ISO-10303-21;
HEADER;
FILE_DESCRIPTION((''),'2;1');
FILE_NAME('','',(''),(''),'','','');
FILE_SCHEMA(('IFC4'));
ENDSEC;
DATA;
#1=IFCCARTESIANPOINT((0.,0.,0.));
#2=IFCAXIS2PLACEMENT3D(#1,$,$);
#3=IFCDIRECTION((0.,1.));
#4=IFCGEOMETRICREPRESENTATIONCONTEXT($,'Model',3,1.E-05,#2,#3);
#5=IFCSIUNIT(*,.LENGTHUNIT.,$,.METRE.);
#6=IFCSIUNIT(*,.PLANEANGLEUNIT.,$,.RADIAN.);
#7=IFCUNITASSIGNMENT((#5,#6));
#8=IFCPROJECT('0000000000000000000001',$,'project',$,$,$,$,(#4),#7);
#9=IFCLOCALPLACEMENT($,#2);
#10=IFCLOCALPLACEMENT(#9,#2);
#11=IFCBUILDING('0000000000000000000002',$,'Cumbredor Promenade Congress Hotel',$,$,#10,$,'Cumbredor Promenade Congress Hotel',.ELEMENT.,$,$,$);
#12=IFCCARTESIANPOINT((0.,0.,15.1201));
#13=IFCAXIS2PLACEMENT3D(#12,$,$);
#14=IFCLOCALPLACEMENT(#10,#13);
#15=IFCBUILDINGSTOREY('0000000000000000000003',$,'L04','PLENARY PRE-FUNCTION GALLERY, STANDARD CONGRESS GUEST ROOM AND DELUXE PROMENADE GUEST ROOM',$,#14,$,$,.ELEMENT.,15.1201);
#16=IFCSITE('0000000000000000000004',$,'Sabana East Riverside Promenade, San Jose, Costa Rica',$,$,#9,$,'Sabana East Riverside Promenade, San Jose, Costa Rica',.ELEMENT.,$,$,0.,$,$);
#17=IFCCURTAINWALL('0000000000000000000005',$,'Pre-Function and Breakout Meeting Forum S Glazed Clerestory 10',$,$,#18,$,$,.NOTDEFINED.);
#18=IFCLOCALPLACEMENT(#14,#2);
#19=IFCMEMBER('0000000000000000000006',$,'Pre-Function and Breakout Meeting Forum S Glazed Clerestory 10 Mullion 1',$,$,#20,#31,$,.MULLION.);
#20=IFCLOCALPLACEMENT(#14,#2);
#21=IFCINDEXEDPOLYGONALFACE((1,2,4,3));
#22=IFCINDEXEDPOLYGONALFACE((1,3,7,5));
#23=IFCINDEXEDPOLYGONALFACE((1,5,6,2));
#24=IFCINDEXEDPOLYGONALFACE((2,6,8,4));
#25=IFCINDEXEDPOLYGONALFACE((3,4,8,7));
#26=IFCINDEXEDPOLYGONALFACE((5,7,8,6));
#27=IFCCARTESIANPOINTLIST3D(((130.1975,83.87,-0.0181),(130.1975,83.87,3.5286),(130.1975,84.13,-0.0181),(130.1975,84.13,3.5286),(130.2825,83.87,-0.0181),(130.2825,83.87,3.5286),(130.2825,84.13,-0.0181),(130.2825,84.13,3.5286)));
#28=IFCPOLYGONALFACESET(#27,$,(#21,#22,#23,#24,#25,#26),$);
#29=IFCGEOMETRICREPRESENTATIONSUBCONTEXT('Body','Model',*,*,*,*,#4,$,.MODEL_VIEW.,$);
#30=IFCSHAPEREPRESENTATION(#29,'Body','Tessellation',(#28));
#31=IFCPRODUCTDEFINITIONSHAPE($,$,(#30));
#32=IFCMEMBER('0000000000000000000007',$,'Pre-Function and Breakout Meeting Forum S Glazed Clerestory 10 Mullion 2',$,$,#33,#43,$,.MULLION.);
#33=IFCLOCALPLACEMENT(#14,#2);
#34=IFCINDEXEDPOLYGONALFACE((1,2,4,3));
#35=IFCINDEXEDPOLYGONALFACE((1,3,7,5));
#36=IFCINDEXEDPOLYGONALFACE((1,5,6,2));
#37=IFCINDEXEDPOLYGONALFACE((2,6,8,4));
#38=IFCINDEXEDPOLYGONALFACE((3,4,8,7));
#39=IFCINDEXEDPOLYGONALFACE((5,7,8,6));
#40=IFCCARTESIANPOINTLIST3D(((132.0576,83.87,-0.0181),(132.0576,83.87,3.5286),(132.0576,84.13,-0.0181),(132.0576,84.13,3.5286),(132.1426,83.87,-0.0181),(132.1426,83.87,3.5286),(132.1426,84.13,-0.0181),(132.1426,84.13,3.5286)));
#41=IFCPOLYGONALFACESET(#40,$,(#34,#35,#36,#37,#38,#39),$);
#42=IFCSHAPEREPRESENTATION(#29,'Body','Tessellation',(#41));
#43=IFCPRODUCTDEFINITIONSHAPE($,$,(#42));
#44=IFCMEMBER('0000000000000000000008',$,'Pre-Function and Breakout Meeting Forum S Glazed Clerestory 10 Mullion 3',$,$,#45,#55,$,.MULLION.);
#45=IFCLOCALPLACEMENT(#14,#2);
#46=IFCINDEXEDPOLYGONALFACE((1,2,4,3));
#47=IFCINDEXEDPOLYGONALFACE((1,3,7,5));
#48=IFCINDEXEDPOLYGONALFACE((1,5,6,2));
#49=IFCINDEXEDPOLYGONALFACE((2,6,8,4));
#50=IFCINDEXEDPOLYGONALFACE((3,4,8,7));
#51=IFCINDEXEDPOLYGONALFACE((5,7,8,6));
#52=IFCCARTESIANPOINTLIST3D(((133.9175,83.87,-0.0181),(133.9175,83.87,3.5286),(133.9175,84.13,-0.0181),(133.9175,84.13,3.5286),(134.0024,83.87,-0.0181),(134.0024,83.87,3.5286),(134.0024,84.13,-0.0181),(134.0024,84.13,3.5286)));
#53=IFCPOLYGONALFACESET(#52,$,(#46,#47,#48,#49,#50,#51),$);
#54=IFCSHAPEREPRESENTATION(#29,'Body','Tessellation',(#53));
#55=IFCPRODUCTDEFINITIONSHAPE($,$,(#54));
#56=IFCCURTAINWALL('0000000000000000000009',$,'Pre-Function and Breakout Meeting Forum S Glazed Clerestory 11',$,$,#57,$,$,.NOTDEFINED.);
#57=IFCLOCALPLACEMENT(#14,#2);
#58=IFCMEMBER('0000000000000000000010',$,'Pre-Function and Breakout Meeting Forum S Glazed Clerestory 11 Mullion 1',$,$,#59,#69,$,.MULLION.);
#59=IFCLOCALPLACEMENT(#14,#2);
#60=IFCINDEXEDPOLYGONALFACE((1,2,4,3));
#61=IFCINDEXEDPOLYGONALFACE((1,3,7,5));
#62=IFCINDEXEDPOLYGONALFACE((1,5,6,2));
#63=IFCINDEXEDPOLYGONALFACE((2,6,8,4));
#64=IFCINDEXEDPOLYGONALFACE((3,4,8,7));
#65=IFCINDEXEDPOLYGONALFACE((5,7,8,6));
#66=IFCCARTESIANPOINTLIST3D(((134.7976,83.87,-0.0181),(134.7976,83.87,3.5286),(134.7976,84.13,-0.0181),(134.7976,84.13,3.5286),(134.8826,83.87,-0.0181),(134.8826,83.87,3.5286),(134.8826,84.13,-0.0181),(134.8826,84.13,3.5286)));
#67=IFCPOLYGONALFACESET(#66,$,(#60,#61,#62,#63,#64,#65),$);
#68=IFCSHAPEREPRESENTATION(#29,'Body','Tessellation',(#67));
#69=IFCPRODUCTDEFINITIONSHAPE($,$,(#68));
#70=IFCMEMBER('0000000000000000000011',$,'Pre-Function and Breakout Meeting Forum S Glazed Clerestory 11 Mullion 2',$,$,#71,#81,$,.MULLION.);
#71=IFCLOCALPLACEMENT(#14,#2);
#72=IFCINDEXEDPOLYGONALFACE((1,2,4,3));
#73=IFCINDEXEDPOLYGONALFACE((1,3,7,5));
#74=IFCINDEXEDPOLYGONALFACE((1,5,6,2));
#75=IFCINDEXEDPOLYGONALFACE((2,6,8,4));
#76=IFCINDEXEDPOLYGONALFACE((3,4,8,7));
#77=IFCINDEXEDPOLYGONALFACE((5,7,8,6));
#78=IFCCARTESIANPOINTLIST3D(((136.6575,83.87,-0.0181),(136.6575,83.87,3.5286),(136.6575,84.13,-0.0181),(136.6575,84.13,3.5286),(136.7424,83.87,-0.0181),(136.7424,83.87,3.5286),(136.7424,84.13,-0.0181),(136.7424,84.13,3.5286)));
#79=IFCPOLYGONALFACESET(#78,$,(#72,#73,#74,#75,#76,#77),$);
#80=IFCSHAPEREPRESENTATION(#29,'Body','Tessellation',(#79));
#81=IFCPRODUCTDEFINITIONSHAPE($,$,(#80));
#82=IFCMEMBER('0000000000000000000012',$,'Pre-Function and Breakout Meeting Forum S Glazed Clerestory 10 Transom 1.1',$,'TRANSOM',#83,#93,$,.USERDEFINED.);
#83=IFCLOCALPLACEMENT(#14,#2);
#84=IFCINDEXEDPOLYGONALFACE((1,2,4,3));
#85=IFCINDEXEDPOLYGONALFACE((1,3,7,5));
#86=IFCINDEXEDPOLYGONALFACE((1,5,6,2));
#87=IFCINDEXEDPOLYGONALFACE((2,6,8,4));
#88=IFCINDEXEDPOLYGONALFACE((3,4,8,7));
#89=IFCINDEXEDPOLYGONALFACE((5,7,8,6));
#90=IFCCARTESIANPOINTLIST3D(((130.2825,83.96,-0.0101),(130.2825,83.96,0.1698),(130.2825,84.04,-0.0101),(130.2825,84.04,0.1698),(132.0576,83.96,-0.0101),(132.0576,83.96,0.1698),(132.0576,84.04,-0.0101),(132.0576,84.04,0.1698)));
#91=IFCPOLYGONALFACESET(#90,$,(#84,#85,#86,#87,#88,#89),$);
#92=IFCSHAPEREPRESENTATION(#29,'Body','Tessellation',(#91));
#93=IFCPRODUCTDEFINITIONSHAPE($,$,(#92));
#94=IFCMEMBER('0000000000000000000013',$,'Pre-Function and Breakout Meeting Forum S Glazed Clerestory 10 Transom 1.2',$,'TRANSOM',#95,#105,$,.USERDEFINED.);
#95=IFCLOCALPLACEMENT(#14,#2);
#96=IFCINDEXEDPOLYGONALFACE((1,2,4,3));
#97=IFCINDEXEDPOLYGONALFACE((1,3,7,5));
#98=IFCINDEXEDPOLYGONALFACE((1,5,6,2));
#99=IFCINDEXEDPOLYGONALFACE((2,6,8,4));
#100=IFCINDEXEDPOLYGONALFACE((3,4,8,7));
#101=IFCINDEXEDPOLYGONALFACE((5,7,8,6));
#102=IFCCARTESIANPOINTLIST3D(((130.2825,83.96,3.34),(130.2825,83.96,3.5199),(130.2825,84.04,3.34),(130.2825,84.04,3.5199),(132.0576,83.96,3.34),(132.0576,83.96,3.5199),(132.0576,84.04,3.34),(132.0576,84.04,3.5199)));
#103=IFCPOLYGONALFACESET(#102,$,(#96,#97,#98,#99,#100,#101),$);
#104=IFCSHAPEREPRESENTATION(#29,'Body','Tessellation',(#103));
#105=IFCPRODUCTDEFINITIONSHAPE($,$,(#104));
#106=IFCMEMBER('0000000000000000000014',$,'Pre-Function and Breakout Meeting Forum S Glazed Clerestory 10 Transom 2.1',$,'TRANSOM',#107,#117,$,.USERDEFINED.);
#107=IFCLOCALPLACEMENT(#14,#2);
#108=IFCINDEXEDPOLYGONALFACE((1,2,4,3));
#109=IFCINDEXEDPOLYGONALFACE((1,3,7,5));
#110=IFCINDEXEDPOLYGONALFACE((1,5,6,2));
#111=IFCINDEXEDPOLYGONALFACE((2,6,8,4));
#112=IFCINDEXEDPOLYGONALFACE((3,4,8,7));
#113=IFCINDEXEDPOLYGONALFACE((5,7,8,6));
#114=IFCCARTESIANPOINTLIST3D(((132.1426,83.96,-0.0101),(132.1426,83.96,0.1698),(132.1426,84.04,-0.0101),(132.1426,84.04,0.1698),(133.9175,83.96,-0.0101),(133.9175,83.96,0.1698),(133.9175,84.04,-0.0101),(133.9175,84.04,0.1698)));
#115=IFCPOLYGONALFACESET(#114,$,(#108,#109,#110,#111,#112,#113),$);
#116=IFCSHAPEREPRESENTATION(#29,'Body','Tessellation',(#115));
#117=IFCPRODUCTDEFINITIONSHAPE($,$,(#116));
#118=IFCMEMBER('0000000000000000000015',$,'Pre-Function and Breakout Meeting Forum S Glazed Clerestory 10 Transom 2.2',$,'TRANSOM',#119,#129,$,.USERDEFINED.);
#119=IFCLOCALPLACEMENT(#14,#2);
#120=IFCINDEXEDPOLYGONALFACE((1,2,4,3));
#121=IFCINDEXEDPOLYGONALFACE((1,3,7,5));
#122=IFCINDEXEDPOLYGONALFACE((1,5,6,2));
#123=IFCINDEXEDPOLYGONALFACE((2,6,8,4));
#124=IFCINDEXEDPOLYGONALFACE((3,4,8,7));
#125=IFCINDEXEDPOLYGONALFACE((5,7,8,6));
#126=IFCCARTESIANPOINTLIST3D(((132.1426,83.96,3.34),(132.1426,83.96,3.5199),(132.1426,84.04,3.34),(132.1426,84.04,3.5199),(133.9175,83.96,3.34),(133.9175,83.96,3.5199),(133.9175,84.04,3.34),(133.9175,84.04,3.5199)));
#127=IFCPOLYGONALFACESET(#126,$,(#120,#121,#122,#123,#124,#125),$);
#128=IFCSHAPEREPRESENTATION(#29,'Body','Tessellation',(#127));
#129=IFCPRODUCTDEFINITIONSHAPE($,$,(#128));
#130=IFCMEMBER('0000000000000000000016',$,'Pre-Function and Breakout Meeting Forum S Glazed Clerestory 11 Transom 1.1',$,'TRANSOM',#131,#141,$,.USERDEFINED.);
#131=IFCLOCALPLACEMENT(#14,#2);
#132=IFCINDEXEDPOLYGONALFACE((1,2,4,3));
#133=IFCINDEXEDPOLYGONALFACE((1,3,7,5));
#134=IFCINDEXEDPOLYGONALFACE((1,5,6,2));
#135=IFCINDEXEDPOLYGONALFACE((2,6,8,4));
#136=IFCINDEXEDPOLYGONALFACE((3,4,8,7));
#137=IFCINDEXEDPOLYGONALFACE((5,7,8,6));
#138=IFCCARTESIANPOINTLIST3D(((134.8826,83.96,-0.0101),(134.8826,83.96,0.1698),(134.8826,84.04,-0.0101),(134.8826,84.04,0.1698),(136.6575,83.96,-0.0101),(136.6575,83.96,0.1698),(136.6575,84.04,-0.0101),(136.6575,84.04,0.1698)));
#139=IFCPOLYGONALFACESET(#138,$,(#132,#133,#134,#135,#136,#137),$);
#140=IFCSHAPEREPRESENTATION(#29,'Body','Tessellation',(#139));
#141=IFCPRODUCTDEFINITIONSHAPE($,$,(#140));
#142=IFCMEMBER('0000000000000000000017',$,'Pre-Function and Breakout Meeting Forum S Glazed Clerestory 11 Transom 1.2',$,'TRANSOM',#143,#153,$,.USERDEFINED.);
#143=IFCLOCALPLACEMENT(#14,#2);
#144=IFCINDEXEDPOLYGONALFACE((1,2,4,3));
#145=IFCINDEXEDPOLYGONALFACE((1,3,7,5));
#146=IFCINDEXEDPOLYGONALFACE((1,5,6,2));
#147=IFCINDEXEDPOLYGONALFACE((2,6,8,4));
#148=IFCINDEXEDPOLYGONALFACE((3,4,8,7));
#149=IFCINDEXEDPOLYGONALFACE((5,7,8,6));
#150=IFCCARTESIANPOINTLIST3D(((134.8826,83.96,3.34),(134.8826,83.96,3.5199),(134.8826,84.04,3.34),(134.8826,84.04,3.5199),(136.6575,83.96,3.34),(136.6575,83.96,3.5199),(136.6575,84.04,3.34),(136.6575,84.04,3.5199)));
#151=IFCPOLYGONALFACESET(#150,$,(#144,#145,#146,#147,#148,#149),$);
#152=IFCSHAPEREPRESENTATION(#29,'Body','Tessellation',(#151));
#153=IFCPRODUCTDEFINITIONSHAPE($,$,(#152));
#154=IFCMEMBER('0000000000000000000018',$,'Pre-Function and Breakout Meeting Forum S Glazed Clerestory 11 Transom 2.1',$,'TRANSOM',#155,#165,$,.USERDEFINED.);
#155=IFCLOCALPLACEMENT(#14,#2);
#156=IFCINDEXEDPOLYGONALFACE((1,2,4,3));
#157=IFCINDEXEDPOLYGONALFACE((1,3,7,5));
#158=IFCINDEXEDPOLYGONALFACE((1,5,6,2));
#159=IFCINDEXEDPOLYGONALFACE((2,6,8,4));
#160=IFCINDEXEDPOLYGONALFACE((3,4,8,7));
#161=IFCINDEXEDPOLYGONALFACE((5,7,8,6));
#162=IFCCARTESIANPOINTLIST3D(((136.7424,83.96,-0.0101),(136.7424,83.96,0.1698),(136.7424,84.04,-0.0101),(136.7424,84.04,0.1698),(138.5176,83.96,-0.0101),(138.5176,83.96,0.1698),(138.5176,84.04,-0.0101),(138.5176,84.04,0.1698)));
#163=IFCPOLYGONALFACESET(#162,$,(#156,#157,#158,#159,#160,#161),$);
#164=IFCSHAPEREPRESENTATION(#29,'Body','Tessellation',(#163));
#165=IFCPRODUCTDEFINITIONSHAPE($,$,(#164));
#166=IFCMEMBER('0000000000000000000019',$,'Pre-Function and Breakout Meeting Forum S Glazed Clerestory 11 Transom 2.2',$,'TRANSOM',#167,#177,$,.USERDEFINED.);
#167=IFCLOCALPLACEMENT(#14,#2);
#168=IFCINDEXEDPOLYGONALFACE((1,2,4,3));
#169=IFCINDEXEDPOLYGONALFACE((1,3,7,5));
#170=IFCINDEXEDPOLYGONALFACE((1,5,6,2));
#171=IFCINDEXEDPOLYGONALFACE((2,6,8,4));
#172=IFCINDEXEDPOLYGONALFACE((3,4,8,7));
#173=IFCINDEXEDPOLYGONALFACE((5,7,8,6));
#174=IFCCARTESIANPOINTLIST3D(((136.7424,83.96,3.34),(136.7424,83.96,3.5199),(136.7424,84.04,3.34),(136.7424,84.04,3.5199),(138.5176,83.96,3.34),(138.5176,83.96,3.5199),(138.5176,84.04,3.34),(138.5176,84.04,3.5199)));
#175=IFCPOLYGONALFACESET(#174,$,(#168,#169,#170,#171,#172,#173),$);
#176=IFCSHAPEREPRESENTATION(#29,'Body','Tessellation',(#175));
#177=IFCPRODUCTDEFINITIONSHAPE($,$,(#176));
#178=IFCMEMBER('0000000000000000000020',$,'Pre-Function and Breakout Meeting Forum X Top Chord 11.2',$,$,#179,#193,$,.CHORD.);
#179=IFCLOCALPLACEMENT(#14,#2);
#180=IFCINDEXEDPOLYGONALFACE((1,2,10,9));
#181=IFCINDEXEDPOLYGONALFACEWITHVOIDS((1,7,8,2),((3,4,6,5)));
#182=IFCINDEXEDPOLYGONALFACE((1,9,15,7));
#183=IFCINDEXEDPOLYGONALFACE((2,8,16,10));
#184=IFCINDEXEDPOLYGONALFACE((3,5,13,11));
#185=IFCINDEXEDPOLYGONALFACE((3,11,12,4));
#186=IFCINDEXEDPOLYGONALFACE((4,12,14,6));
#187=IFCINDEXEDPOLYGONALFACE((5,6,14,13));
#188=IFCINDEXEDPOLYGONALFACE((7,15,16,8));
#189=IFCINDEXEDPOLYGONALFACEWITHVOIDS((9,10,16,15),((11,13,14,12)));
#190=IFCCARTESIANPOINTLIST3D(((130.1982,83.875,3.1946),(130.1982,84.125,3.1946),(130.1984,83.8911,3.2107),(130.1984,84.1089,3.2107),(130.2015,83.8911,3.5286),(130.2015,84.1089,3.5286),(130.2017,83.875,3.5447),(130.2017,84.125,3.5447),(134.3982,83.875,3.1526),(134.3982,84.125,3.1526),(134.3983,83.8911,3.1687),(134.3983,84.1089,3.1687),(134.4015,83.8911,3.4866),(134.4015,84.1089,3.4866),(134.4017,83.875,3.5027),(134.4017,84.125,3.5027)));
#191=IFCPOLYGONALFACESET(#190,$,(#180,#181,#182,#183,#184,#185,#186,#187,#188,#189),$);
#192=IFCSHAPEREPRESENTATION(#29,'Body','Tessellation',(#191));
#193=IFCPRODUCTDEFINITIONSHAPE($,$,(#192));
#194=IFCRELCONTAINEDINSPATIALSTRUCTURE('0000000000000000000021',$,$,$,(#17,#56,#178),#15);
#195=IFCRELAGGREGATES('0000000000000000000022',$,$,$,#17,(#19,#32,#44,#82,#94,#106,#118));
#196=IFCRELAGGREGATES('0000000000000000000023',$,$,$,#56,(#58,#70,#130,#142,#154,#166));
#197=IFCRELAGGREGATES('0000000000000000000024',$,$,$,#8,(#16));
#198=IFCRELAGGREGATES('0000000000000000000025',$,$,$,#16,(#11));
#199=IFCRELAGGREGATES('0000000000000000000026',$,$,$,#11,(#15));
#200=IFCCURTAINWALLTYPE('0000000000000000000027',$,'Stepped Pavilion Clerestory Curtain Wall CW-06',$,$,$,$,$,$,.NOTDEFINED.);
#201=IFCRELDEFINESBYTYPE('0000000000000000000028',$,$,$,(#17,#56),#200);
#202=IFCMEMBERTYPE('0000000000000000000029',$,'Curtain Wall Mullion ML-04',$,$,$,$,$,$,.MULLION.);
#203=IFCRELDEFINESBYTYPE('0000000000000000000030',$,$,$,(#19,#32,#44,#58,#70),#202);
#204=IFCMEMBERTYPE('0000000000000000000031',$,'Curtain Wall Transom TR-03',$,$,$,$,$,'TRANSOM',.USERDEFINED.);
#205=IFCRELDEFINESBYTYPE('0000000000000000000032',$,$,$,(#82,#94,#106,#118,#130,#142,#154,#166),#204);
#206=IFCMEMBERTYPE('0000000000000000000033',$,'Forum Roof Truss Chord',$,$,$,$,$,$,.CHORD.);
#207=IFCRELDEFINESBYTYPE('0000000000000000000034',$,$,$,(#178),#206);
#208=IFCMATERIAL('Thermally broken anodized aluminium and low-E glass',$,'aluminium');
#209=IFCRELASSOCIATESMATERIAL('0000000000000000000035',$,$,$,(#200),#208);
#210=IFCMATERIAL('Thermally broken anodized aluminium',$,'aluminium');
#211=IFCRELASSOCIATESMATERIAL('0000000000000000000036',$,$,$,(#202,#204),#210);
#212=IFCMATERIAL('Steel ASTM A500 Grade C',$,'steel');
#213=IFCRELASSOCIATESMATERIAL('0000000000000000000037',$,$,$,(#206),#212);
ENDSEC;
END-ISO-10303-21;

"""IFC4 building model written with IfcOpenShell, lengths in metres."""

from ifc_helpers import new_model, si_unit, direction, frame, origin, origin_2d, place, context, subcontext, project, spatial, rectangle, hollow_rectangle, extrude, material, material_profile, profile_set, type_object, element, aggregate, save


model = new_model("IFC4")

# Units and contexts
model_context = context("Model", 3, precision=1e-05, world=origin(), true_north=direction((0.0, 1.0)))
body_context = subcontext(model_context, "Body", "Model", "MODEL_VIEW")
ifc_project = project(units=[si_unit("LENGTHUNIT", "METRE"), si_unit("PLANEANGLEUNIT", "RADIAN")], contexts=[model_context])

# Site, building, storey
site_placement = place(None, origin())
site = spatial("IfcSite", under=ifc_project, at=site_placement, Name="Sabana East Riverside Promenade, San Jose, Costa Rica", LongName="Sabana East Riverside Promenade, San Jose, Costa Rica", CompositionType="ELEMENT", RefElevation=0.0)
building_placement = place(site_placement, origin())
building = spatial("IfcBuilding", under=site, at=building_placement, Name="Cumbredor Promenade Congress Hotel", LongName="Cumbredor Promenade Congress Hotel", CompositionType="ELEMENT")
storey_placement = place(building_placement, frame((0.0, 0.0, 15.1201)))
storey = spatial("IfcBuildingStorey", under=building, at=storey_placement, Name="L04", Description="PLENARY PRE-FUNCTION GALLERY, STANDARD CONGRESS GUEST ROOM AND DELUXE PROMENADE GUEST ROOM", CompositionType="ELEMENT", Elevation=15.1201)

# Curtain walls, members
ifc_material_1 = material(Name="Thermally broken anodized aluminium and low-E glass", Category="aluminium")
curtain_wall_type = type_object("IfcCurtainWallType", Name="Stepped Pavilion Clerestory Curtain Wall CW-06", PredefinedType="NOTDEFINED", material=ifc_material_1)
curtain_wall_1_placement = place(storey_placement, origin())
curtain_wall_1 = element("IfcCurtainWall", 1, at=curtain_wall_1_placement, inside=storey, type_object=curtain_wall_type, Name="Pre-Function and Breakout Meeting Forum S Glazed Clerestory 10", PredefinedType="NOTDEFINED")
ifc_material_2 = material(Name="Thermally broken anodized aluminium", Category="aluminium")
ifc_material_profile_1 = material_profile(ifc_material_2, rectangle(XDim=0.085, YDim=0.26, at=origin_2d()), Name="ALU MULLION CLERESTORY 85x260")
ifc_profile_set_1 = profile_set([ifc_material_profile_1], Name="Thermally broken anodized aluminium")
member_type_1 = type_object("IfcMemberType", Name="Curtain Wall Mullion ML-04", PredefinedType="MULLION", material=ifc_profile_set_1)
member_1_placement = place(storey_placement, frame((130.24, 84.0, -0.0181), z_axis=(0.0, 0.0, 1.0), x_axis=(1.0, 0.0, 0.0)))
member_1 = element("IfcMember", 2, at=member_1_placement, type_object=member_type_1, Name="Pre-Function and Breakout Meeting Forum S Glazed Clerestory 10 Mullion 1", PredefinedType="MULLION", context=body_context, shape_type="SweptSolid", body=[
    extrude(rectangle(XDim=0.085, YDim=0.26, at=origin_2d()), origin(), (0.0, 0.0, 1.0), 3.5466),
])
member_2_placement = place(storey_placement, frame((132.1001, 84.0, -0.0181), z_axis=(0.0, 0.0, 1.0), x_axis=(1.0, 0.0, 0.0)))
member_2 = element("IfcMember", 3, at=member_2_placement, type_object=member_type_1, Name="Pre-Function and Breakout Meeting Forum S Glazed Clerestory 10 Mullion 2", PredefinedType="MULLION", context=body_context, shape_type="SweptSolid", body=[
    extrude(rectangle(XDim=0.085, YDim=0.26, at=origin_2d()), origin(), (0.0, 0.0, 1.0), 3.5466),
])
member_3_placement = place(storey_placement, frame((133.96, 84.0, -0.0181), z_axis=(0.0, 0.0, 1.0), x_axis=(1.0, 0.0, 0.0)))
member_3 = element("IfcMember", 4, at=member_3_placement, type_object=member_type_1, Name="Pre-Function and Breakout Meeting Forum S Glazed Clerestory 10 Mullion 3", PredefinedType="MULLION", context=body_context, shape_type="SweptSolid", body=[
    extrude(rectangle(XDim=0.085, YDim=0.26, at=origin_2d()), origin(), (0.0, 0.0, 1.0), 3.5466),
])
curtain_wall_2_placement = place(storey_placement, origin())
curtain_wall_2 = element("IfcCurtainWall", 5, at=curtain_wall_2_placement, inside=storey, type_object=curtain_wall_type, Name="Pre-Function and Breakout Meeting Forum S Glazed Clerestory 11", PredefinedType="NOTDEFINED")
member_4_placement = place(storey_placement, frame((134.8401, 84.0, -0.0181), z_axis=(0.0, 0.0, 1.0), x_axis=(1.0, 0.0, 0.0)))
member_4 = element("IfcMember", 6, at=member_4_placement, type_object=member_type_1, Name="Pre-Function and Breakout Meeting Forum S Glazed Clerestory 11 Mullion 1", PredefinedType="MULLION", context=body_context, shape_type="SweptSolid", body=[
    extrude(rectangle(XDim=0.085, YDim=0.26, at=origin_2d()), origin(), (0.0, 0.0, 1.0), 3.5466),
])
member_5_placement = place(storey_placement, frame((136.7, 84.0, -0.0181), z_axis=(0.0, 0.0, 1.0), x_axis=(1.0, 0.0, 0.0)))
member_5 = element("IfcMember", 7, at=member_5_placement, type_object=member_type_1, Name="Pre-Function and Breakout Meeting Forum S Glazed Clerestory 11 Mullion 2", PredefinedType="MULLION", context=body_context, shape_type="SweptSolid", body=[
    extrude(rectangle(XDim=0.085, YDim=0.26, at=origin_2d()), origin(), (0.0, 0.0, 1.0), 3.5466),
])

# Members
ifc_material_profile_2 = material_profile(ifc_material_2, rectangle(XDim=0.0801, YDim=0.1799, at=origin_2d()), Name="ALU TRANSOM 80x180")
ifc_profile_set_2 = profile_set([ifc_material_profile_2], Name="Thermally broken anodized aluminium")
member_type_2 = type_object("IfcMemberType", Name="Curtain Wall Transom TR-03", ElementType="TRANSOM", PredefinedType="USERDEFINED", material=ifc_profile_set_2)
member_6_placement = place(storey_placement, frame((130.2825, 84.0, 0.0798), z_axis=(1.0, 0.0, 0.0), x_axis=(0.0, 1.0, 0.0)))
member_6 = element("IfcMember", 8, at=member_6_placement, type_object=member_type_2, Name="Pre-Function and Breakout Meeting Forum S Glazed Clerestory 10 Transom 1.1", ObjectType="TRANSOM", PredefinedType="USERDEFINED", context=body_context, shape_type="SweptSolid", body=[
    extrude(rectangle(XDim=0.0801, YDim=0.1799, at=origin_2d()), origin(), (0.0, 0.0, 1.0), 1.7751),
])
member_7_placement = place(storey_placement, frame((130.2825, 84.0, 3.4299), z_axis=(1.0, 0.0, 0.0), x_axis=(0.0, 1.0, 0.0)))
member_7 = element("IfcMember", 9, at=member_7_placement, type_object=member_type_2, Name="Pre-Function and Breakout Meeting Forum S Glazed Clerestory 10 Transom 1.2", ObjectType="TRANSOM", PredefinedType="USERDEFINED", context=body_context, shape_type="SweptSolid", body=[
    extrude(rectangle(XDim=0.0801, YDim=0.1799, at=origin_2d()), origin(), (0.0, 0.0, 1.0), 1.7751),
])
member_8_placement = place(storey_placement, frame((132.1426, 84.0, 0.0798), z_axis=(1.0, 0.0, 0.0), x_axis=(0.0, 1.0, 0.0)))
member_8 = element("IfcMember", 10, at=member_8_placement, type_object=member_type_2, Name="Pre-Function and Breakout Meeting Forum S Glazed Clerestory 10 Transom 2.1", ObjectType="TRANSOM", PredefinedType="USERDEFINED", context=body_context, shape_type="SweptSolid", body=[
    extrude(rectangle(XDim=0.0801, YDim=0.1799, at=origin_2d()), origin(), (0.0, 0.0, 1.0), 1.7749),
])
member_9_placement = place(storey_placement, frame((132.1426, 84.0, 3.4299), z_axis=(1.0, 0.0, 0.0), x_axis=(0.0, 1.0, 0.0)))
member_9 = element("IfcMember", 11, at=member_9_placement, type_object=member_type_2, Name="Pre-Function and Breakout Meeting Forum S Glazed Clerestory 10 Transom 2.2", ObjectType="TRANSOM", PredefinedType="USERDEFINED", context=body_context, shape_type="SweptSolid", body=[
    extrude(rectangle(XDim=0.0801, YDim=0.1799, at=origin_2d()), origin(), (0.0, 0.0, 1.0), 1.7749),
])
member_10_placement = place(storey_placement, frame((134.8826, 84.0, 0.0798), z_axis=(1.0, 0.0, 0.0), x_axis=(0.0, 1.0, 0.0)))
member_10 = element("IfcMember", 12, at=member_10_placement, type_object=member_type_2, Name="Pre-Function and Breakout Meeting Forum S Glazed Clerestory 11 Transom 1.1", ObjectType="TRANSOM", PredefinedType="USERDEFINED", context=body_context, shape_type="SweptSolid", body=[
    extrude(rectangle(XDim=0.0801, YDim=0.1799, at=origin_2d()), origin(), (0.0, 0.0, 1.0), 1.7749),
])
member_11_placement = place(storey_placement, frame((134.8826, 84.0, 3.4299), z_axis=(1.0, 0.0, 0.0), x_axis=(0.0, 1.0, 0.0)))
member_11 = element("IfcMember", 13, at=member_11_placement, type_object=member_type_2, Name="Pre-Function and Breakout Meeting Forum S Glazed Clerestory 11 Transom 1.2", ObjectType="TRANSOM", PredefinedType="USERDEFINED", context=body_context, shape_type="SweptSolid", body=[
    extrude(rectangle(XDim=0.0801, YDim=0.1799, at=origin_2d()), origin(), (0.0, 0.0, 1.0), 1.7749),
])
member_12_placement = place(storey_placement, frame((136.7424, 84.0, 0.0798), z_axis=(1.0, 0.0, 0.0), x_axis=(0.0, 1.0, 0.0)))
member_12 = element("IfcMember", 14, at=member_12_placement, type_object=member_type_2, Name="Pre-Function and Breakout Meeting Forum S Glazed Clerestory 11 Transom 2.1", ObjectType="TRANSOM", PredefinedType="USERDEFINED", context=body_context, shape_type="SweptSolid", body=[
    extrude(rectangle(XDim=0.0801, YDim=0.1799, at=origin_2d()), origin(), (0.0, 0.0, 1.0), 1.7751),
])
member_13_placement = place(storey_placement, frame((136.7424, 84.0, 3.4299), z_axis=(1.0, 0.0, 0.0), x_axis=(0.0, 1.0, 0.0)))
member_13 = element("IfcMember", 15, at=member_13_placement, type_object=member_type_2, Name="Pre-Function and Breakout Meeting Forum S Glazed Clerestory 11 Transom 2.2", ObjectType="TRANSOM", PredefinedType="USERDEFINED", context=body_context, shape_type="SweptSolid", body=[
    extrude(rectangle(XDim=0.0801, YDim=0.1799, at=origin_2d()), origin(), (0.0, 0.0, 1.0), 1.7751),
])

# Member
ifc_material_3 = material(Name="Steel ASTM A500 Grade C", Category="steel")
ifc_material_profile_3 = material_profile(ifc_material_3, hollow_rectangle(XDim=0.25, YDim=0.3501, WallThickness=0.0161, at=origin_2d()), Name="HSS 350x250x16")
ifc_profile_set_3 = profile_set([ifc_material_profile_3], Name="Steel ASTM A500 Grade C")
member_type_3 = type_object("IfcMemberType", Name="Forum Roof Truss Chord", PredefinedType="CHORD", material=ifc_profile_set_3)
for number, where, z_axis, x_axis, name in (
    (16, (130.2, 84.0, 3.3696), (0.99995, 0.0, -0.009998), (0.0, 1.0, 0.0), "Pre-Function and Breakout Meeting Forum X Top Chord 11.2"),
):
    element("IfcMember", number, at=place(storey_placement, frame(where, z_axis=z_axis, x_axis=x_axis)), inside=storey, type_object=member_type_3, Name=name, PredefinedType="CHORD", context=body_context, shape_type="SweptSolid", body=[
        extrude(hollow_rectangle(XDim=0.25, YDim=0.3501, WallThickness=0.0161, at=origin_2d()), origin(), (0.0, 0.0, 1.0), 4.2002),
    ])

aggregate(curtain_wall_1, [member_1, member_2, member_3, member_6, member_7, member_8, member_9])
aggregate(curtain_wall_2, [member_4, member_5, member_10, member_11, member_12, member_13])

save(model, "model.ifc")
